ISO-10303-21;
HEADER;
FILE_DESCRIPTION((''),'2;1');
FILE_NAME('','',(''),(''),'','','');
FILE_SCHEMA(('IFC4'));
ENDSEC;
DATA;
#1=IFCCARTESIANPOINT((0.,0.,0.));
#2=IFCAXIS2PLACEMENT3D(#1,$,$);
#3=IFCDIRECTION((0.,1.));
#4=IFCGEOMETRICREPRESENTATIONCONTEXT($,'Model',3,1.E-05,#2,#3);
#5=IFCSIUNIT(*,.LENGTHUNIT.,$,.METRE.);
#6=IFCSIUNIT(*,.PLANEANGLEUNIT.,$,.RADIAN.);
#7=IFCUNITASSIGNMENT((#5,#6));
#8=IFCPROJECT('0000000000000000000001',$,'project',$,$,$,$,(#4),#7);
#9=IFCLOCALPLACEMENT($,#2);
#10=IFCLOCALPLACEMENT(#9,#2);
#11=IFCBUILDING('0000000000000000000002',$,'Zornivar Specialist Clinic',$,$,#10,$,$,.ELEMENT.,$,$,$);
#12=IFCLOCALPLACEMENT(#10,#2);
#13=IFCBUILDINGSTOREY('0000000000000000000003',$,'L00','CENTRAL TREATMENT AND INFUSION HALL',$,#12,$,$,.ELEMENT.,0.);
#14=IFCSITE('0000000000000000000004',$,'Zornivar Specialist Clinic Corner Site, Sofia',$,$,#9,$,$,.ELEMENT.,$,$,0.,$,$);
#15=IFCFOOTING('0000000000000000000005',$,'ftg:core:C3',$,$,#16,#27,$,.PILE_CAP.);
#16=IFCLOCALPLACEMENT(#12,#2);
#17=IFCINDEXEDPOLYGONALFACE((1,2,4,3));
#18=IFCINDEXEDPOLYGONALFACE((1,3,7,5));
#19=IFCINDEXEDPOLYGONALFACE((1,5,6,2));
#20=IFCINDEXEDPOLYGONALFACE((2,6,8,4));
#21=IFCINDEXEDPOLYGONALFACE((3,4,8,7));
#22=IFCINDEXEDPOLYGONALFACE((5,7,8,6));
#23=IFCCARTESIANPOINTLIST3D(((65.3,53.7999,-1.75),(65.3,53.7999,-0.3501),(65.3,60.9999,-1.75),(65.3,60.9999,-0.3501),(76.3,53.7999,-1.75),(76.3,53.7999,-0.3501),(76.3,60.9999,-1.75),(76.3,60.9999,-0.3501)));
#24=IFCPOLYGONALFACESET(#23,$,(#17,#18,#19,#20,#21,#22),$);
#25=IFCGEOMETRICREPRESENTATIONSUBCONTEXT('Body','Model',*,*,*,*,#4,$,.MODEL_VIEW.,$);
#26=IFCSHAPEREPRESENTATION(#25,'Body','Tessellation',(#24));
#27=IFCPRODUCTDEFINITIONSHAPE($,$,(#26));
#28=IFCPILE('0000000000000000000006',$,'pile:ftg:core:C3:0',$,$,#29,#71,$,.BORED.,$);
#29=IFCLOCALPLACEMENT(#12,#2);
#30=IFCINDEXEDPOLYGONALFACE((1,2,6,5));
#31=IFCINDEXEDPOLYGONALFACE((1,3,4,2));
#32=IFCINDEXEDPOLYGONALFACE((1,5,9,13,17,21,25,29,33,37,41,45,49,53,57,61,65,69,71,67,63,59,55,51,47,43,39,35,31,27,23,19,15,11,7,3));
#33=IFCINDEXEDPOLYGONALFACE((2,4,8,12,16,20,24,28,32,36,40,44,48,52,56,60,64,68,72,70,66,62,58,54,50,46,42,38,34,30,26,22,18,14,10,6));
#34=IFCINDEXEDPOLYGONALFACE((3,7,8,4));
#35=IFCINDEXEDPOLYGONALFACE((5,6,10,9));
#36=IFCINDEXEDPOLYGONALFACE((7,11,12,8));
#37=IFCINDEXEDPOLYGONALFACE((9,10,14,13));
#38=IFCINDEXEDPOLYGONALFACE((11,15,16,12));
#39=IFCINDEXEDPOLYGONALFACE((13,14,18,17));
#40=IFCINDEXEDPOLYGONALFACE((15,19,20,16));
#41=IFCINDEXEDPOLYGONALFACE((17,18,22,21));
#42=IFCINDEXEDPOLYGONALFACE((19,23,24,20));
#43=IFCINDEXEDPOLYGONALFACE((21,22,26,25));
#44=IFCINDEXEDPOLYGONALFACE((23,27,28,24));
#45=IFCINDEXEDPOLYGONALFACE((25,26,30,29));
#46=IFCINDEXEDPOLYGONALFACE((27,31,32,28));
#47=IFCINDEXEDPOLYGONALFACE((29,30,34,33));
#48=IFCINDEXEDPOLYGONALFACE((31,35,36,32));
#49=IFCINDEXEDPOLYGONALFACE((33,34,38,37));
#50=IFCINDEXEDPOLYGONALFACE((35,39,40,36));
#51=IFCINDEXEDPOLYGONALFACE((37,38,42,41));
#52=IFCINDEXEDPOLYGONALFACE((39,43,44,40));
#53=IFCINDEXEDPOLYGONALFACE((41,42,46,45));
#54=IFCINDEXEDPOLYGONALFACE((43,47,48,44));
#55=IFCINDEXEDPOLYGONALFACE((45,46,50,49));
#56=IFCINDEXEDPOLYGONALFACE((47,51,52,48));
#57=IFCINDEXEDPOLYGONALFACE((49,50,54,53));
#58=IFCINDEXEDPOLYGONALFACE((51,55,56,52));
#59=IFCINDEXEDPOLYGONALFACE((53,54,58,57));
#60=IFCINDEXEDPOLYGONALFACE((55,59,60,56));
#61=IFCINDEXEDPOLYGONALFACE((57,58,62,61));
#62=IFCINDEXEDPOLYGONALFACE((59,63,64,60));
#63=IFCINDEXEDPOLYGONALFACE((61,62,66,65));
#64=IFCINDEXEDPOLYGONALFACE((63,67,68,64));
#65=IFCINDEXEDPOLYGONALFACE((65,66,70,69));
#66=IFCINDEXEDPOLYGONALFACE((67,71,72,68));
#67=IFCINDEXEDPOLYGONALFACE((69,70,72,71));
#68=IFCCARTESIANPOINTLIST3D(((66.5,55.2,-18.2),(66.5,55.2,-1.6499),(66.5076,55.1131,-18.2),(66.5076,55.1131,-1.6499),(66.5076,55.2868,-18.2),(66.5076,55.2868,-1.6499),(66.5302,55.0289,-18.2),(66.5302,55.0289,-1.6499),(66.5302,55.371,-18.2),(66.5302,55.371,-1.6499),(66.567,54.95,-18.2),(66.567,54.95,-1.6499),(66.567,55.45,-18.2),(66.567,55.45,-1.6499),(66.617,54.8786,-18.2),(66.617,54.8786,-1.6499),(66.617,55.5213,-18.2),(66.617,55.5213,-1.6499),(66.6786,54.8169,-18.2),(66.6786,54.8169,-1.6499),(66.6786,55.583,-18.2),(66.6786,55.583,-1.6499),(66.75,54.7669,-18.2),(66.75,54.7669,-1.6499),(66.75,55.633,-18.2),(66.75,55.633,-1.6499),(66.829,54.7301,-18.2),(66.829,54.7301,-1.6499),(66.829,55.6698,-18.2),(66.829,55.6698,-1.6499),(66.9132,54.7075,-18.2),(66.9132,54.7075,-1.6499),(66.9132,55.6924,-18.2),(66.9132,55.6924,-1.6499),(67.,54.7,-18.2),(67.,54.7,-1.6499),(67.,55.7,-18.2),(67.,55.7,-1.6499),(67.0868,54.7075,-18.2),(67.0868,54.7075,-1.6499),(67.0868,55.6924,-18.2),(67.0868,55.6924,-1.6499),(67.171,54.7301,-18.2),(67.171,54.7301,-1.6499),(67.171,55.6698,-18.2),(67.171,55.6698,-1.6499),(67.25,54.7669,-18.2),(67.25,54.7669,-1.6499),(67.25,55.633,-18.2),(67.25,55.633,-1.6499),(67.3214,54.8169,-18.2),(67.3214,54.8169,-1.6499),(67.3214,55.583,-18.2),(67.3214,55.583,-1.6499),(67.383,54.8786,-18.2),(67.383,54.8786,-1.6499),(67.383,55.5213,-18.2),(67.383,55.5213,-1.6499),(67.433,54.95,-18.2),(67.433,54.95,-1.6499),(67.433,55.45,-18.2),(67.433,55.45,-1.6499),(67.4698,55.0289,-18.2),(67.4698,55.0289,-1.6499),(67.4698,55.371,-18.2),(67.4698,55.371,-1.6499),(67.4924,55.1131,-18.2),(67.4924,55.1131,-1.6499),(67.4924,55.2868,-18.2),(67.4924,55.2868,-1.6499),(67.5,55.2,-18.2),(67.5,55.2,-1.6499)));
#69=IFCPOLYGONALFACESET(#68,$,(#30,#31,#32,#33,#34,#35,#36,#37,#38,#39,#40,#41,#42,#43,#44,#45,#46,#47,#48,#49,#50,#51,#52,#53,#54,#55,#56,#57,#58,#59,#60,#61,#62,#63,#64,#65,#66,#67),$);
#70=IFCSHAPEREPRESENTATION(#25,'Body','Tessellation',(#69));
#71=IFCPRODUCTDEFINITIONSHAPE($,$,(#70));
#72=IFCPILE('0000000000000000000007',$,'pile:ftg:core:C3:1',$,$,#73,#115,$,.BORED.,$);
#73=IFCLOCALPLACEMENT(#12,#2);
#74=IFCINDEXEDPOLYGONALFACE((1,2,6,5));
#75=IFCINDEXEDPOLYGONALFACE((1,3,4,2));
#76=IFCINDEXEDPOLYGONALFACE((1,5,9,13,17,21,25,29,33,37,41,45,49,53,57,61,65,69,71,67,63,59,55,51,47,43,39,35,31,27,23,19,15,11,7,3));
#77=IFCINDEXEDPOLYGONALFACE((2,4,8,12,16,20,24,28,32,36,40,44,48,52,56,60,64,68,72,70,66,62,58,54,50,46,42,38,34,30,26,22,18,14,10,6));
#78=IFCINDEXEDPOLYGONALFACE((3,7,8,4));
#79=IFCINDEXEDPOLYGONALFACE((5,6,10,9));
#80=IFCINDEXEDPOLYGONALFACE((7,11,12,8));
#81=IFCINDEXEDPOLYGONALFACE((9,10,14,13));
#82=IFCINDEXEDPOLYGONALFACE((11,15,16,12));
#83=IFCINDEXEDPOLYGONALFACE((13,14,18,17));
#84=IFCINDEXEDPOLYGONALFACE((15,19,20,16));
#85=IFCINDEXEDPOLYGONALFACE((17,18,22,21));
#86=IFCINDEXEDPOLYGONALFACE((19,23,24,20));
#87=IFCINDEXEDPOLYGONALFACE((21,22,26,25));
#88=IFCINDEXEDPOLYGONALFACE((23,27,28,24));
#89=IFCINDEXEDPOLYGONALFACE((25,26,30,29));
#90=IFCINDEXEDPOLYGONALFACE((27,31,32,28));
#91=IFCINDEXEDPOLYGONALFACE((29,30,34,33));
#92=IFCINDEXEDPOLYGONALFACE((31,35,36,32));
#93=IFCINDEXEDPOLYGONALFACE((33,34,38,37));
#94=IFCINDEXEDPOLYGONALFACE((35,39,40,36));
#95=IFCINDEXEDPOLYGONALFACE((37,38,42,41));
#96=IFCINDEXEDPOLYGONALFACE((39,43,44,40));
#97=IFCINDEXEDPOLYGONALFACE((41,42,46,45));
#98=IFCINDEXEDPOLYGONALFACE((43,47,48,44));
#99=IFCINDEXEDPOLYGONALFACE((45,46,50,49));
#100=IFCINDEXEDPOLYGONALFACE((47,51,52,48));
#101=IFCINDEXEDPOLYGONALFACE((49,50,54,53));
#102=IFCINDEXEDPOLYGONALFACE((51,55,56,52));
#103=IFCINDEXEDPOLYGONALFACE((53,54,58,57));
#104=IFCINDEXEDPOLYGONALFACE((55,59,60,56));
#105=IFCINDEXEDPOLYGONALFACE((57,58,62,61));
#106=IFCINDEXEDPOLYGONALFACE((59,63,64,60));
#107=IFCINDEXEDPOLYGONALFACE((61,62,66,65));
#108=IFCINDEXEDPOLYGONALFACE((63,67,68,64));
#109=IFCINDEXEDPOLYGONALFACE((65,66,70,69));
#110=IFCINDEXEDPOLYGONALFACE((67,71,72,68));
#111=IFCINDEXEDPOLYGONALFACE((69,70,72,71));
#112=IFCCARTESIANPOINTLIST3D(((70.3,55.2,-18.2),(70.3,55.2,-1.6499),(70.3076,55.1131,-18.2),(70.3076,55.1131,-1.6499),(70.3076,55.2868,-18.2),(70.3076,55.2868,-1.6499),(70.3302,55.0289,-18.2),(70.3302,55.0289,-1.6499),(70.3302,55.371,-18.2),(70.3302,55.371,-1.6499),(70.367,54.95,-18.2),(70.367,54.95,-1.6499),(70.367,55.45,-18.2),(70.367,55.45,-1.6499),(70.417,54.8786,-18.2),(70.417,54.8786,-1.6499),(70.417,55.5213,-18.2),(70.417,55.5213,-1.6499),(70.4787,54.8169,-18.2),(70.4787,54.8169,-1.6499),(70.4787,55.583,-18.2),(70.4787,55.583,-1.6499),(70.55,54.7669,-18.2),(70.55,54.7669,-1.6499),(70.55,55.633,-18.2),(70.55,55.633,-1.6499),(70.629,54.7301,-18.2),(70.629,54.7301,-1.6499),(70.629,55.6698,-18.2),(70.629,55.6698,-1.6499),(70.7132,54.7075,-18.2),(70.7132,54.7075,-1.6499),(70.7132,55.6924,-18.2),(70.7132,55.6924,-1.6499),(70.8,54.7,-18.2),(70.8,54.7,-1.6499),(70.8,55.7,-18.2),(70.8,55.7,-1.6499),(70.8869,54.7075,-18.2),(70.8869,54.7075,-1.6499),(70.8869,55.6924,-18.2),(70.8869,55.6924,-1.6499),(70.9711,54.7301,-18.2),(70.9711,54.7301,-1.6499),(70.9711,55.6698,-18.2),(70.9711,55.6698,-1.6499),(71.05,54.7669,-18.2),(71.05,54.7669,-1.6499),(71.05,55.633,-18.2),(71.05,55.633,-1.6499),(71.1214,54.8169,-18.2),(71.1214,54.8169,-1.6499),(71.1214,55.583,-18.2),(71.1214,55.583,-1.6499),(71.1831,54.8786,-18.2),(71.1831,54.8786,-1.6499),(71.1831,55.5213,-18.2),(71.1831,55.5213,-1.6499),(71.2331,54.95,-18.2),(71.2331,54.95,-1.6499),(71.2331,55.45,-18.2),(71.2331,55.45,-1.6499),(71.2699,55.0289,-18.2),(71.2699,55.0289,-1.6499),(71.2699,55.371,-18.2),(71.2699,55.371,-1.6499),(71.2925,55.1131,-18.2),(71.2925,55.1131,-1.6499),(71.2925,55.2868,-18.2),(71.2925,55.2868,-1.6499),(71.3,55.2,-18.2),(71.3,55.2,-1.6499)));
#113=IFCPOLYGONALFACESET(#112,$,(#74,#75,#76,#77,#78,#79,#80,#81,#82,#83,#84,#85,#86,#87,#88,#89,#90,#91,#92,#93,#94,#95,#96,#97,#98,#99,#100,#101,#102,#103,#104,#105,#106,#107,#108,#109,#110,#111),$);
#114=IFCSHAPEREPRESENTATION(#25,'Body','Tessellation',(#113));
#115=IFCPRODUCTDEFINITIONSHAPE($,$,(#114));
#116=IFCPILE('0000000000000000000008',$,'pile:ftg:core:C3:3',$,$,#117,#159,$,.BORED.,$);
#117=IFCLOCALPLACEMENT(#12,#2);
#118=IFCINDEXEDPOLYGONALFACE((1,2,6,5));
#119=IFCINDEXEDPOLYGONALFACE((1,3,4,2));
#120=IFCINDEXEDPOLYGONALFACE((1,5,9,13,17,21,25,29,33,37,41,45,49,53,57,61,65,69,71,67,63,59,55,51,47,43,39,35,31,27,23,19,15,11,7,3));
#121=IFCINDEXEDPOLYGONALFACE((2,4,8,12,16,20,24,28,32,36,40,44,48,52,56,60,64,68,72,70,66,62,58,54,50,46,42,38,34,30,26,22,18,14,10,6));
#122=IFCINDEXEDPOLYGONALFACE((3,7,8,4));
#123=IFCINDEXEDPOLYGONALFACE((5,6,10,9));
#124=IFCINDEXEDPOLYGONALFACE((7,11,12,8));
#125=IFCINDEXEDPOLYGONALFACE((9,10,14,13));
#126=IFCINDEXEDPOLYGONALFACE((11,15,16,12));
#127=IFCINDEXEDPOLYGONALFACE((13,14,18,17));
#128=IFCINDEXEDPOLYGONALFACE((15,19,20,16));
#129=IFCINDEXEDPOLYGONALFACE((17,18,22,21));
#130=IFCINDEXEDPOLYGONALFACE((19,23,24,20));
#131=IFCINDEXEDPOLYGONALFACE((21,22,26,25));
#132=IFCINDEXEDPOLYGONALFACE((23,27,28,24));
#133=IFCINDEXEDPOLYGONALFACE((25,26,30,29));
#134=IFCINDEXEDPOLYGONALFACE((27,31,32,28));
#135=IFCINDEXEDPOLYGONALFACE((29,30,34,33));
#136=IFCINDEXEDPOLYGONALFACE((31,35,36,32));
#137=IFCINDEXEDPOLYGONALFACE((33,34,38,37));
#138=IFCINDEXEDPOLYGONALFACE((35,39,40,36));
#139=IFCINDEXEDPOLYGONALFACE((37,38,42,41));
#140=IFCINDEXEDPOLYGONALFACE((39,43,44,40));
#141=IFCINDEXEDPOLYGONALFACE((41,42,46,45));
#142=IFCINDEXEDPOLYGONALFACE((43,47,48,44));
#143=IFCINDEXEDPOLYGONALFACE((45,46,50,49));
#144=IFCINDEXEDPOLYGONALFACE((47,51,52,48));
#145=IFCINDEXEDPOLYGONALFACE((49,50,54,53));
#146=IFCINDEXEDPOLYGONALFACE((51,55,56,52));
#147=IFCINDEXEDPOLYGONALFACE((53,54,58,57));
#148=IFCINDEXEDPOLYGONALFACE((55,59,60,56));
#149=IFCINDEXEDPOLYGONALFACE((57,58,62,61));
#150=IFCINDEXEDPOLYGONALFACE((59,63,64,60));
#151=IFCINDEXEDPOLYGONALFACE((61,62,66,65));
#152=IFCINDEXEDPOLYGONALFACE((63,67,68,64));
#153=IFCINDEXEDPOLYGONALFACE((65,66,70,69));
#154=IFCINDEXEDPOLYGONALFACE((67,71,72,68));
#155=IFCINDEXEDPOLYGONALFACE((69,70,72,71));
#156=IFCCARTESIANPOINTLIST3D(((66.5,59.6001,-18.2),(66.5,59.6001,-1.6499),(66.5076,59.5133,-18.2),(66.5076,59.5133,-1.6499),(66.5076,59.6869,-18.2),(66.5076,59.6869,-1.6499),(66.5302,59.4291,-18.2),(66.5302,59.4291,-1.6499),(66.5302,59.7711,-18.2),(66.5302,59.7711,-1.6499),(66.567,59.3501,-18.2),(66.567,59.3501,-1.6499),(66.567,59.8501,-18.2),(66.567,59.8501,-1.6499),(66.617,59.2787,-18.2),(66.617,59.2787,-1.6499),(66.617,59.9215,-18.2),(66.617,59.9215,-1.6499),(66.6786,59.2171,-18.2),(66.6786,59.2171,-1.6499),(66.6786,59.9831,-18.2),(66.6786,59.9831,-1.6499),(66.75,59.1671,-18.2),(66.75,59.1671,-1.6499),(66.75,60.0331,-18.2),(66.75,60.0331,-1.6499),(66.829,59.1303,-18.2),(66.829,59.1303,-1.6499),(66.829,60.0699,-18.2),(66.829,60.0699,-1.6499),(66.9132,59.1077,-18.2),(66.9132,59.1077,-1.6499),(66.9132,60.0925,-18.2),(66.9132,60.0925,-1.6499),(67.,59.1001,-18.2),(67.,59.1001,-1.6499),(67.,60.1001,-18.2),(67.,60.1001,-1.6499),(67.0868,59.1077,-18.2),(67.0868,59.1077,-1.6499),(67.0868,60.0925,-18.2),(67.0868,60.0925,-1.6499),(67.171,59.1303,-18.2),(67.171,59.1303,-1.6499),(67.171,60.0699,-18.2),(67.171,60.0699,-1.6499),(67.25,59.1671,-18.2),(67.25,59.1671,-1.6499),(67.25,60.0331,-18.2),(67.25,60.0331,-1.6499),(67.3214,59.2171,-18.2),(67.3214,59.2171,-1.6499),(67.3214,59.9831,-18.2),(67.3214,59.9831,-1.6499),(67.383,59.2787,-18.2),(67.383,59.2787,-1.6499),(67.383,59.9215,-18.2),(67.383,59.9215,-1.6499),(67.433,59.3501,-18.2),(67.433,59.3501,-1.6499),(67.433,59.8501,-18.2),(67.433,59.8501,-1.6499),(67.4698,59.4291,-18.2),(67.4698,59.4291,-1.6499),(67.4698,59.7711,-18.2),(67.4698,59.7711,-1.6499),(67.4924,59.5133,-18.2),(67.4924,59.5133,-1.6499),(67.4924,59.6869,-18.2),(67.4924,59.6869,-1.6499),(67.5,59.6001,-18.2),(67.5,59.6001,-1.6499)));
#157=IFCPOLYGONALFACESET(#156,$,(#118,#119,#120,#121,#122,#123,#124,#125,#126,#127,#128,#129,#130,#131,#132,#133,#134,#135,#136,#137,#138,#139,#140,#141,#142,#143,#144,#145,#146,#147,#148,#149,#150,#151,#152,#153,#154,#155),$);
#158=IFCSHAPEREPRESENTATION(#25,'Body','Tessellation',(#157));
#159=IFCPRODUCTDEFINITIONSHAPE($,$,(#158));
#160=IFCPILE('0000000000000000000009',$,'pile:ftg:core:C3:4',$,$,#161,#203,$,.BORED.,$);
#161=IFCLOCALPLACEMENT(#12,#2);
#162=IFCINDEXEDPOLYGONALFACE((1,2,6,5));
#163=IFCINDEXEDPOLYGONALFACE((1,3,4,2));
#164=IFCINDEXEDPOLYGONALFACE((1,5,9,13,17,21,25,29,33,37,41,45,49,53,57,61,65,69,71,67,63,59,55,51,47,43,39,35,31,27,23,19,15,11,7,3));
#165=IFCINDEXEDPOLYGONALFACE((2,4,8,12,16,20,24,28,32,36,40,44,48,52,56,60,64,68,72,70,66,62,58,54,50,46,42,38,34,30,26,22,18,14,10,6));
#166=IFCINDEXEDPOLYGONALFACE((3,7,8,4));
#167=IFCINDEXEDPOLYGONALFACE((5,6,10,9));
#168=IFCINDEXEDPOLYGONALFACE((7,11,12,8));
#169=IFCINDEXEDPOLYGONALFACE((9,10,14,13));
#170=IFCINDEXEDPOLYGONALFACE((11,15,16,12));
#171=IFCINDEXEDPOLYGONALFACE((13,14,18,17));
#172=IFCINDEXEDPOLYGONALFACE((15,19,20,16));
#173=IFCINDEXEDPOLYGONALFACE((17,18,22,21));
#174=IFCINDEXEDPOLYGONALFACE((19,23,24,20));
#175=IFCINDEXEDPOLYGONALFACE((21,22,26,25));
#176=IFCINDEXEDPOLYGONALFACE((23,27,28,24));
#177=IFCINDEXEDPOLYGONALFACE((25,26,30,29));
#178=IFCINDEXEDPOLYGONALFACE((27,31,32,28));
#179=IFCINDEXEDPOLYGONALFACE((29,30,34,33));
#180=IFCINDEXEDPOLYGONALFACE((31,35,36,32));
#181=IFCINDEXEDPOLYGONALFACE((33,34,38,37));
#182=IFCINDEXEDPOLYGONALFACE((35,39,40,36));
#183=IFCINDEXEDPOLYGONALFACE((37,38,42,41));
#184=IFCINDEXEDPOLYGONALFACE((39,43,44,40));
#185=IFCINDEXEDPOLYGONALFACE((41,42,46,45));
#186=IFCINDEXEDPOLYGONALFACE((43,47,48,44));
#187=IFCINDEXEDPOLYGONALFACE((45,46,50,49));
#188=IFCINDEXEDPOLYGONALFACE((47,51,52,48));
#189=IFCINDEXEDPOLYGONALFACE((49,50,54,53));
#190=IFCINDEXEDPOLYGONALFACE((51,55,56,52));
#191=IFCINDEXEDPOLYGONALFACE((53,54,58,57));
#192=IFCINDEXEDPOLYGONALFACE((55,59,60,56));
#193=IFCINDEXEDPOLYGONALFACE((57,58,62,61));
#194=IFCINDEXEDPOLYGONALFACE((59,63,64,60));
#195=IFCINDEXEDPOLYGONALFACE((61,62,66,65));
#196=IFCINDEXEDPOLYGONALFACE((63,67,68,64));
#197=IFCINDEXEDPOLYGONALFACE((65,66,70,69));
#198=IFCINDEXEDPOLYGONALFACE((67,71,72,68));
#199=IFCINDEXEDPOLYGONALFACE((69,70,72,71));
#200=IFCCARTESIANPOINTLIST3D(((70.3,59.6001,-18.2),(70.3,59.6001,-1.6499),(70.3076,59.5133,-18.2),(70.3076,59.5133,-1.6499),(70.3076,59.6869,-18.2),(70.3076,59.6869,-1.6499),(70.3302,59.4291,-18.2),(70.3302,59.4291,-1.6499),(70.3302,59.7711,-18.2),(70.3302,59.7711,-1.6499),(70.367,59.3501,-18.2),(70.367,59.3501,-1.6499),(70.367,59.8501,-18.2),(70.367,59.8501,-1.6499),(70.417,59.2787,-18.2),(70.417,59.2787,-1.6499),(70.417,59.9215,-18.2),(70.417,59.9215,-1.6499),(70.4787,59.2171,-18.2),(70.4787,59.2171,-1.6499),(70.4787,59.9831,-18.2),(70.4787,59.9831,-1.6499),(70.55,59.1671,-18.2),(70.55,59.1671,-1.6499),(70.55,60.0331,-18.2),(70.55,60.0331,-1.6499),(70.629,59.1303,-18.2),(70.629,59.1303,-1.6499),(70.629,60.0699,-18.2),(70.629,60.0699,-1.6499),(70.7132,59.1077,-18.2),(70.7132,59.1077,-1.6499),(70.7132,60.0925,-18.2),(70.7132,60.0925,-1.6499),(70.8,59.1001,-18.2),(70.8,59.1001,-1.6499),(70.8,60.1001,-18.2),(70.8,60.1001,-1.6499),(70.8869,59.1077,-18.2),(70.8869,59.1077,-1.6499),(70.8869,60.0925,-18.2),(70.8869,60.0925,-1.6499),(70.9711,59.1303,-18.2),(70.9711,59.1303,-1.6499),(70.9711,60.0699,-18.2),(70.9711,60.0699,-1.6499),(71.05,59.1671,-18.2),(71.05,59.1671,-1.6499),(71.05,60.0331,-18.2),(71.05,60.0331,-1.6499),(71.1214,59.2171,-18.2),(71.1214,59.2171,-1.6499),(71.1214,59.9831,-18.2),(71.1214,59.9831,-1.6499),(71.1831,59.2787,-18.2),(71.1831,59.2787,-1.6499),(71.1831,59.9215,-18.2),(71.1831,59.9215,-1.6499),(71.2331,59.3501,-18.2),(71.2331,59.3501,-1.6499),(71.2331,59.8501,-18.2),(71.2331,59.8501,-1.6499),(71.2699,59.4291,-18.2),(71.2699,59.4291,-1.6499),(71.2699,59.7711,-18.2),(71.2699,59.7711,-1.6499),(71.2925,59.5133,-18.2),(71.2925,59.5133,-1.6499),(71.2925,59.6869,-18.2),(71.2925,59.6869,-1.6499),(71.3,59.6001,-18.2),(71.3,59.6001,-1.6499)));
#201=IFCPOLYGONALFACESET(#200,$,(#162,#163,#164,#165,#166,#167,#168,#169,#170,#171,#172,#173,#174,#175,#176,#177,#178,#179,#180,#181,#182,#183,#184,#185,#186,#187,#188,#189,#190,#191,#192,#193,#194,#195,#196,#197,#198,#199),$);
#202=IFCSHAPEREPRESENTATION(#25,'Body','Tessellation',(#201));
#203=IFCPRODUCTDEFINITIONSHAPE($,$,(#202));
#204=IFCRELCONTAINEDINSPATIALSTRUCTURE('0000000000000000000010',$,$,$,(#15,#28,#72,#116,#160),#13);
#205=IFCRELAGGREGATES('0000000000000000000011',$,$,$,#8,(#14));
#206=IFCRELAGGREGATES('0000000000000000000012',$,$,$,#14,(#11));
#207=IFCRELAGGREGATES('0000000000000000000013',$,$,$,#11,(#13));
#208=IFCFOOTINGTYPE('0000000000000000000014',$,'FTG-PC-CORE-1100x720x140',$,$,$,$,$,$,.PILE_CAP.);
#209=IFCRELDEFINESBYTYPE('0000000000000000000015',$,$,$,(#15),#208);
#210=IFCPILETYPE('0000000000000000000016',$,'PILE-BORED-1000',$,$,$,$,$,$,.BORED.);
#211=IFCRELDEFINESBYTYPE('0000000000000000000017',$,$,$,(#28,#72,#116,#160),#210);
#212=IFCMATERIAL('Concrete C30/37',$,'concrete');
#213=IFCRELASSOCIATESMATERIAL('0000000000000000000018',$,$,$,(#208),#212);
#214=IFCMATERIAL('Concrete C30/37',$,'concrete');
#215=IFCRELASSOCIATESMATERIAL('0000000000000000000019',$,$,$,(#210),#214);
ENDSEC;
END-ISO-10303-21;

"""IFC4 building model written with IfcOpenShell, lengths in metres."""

from ifc_helpers import new_model, si_unit, direction, frame, origin, origin_2d, place, context, subcontext, project, spatial, rectangle, circle, extrude, material, material_profile, profile_set, type_object, element, save


model = new_model("IFC4")

# Units and contexts
model_context = context("Model", 3, precision=1e-05, world=origin(), true_north=direction((0.0, 1.0)))
body_context = subcontext(model_context, "Body", "Model", "MODEL_VIEW")
ifc_project = project(units=[si_unit("LENGTHUNIT", "METRE"), si_unit("PLANEANGLEUNIT", "RADIAN")], contexts=[model_context])

# Site, building, storey
site_placement = place(None, origin())
site = spatial("IfcSite", under=ifc_project, at=site_placement, Name="Zornivar Specialist Clinic Corner Site, Sofia", CompositionType="ELEMENT", RefElevation=0.0)
building_placement = place(site_placement, origin())
building = spatial("IfcBuilding", under=site, at=building_placement, Name="Zornivar Specialist Clinic", CompositionType="ELEMENT")
storey_placement = place(building_placement, origin())
storey = spatial("IfcBuildingStorey", under=building, at=storey_placement, Name="L00", Description="CENTRAL TREATMENT AND INFUSION HALL", CompositionType="ELEMENT", Elevation=0.0)

# Footing
ifc_material_1 = material(Name="Concrete C30/37", Category="concrete")
footing_type = type_object("IfcFootingType", Name="FTG-PC-CORE-1100x720x140", PredefinedType="PILE_CAP", material=ifc_material_1)
footing_placement = place(storey_placement, frame((70.8, 57.3999, -1.75), z_axis=(0.0, 0.0, 1.0), x_axis=(1.0, 0.0, 0.0)))
element("IfcFooting", 1, at=footing_placement, inside=storey, type_object=footing_type, Name="ftg:core:C3", PredefinedType="PILE_CAP", context=body_context, shape_type="SweptSolid", body=[
    extrude(rectangle(XDim=11.0, YDim=7.2, at=origin_2d()), origin(), (0.0, 0.0, 1.0), 1.3999),
])

# Piles
ifc_material_2 = material(Name="Concrete C30/37", Category="concrete")
ifc_material_profile_1 = material_profile(ifc_material_2, circle(Radius=0.5, at=origin_2d()), Name="PILE D1000")
ifc_profile_set_1 = profile_set([ifc_material_profile_1], Name="Concrete C30/37")
pile_type = type_object("IfcPileType", Name="PILE-BORED-1000", PredefinedType="BORED", material=ifc_profile_set_1)
for number, where, z_axis, x_axis, name in (
    (2, (67.0, 55.2, -1.6499), (0.0, 0.0, -1.0), (1.0, 0.0, 0.0), "pile:ftg:core:C3:0"),
    (3, (70.8, 55.2, -1.6499), (0.0, 0.0, -1.0), (1.0, 0.0, 0.0), "pile:ftg:core:C3:1"),
    (4, (67.0, 59.6001, -1.6499), (0.0, 0.0, -1.0), (1.0, 0.0, 0.0), "pile:ftg:core:C3:3"),
    (5, (70.8, 59.6001, -1.6499), (0.0, 0.0, -1.0), (1.0, 0.0, 0.0), "pile:ftg:core:C3:4"),
):
    element("IfcPile", number, at=place(storey_placement, frame(where, z_axis=z_axis, x_axis=x_axis)), inside=storey, type_object=pile_type, Name=name, PredefinedType="BORED", context=body_context, shape_type="SweptSolid", body=[
        extrude(circle(Radius=0.5, at=origin_2d()), origin(), (0.0, 0.0, 1.0), 16.55),
    ])

save(model, "model.ifc")
